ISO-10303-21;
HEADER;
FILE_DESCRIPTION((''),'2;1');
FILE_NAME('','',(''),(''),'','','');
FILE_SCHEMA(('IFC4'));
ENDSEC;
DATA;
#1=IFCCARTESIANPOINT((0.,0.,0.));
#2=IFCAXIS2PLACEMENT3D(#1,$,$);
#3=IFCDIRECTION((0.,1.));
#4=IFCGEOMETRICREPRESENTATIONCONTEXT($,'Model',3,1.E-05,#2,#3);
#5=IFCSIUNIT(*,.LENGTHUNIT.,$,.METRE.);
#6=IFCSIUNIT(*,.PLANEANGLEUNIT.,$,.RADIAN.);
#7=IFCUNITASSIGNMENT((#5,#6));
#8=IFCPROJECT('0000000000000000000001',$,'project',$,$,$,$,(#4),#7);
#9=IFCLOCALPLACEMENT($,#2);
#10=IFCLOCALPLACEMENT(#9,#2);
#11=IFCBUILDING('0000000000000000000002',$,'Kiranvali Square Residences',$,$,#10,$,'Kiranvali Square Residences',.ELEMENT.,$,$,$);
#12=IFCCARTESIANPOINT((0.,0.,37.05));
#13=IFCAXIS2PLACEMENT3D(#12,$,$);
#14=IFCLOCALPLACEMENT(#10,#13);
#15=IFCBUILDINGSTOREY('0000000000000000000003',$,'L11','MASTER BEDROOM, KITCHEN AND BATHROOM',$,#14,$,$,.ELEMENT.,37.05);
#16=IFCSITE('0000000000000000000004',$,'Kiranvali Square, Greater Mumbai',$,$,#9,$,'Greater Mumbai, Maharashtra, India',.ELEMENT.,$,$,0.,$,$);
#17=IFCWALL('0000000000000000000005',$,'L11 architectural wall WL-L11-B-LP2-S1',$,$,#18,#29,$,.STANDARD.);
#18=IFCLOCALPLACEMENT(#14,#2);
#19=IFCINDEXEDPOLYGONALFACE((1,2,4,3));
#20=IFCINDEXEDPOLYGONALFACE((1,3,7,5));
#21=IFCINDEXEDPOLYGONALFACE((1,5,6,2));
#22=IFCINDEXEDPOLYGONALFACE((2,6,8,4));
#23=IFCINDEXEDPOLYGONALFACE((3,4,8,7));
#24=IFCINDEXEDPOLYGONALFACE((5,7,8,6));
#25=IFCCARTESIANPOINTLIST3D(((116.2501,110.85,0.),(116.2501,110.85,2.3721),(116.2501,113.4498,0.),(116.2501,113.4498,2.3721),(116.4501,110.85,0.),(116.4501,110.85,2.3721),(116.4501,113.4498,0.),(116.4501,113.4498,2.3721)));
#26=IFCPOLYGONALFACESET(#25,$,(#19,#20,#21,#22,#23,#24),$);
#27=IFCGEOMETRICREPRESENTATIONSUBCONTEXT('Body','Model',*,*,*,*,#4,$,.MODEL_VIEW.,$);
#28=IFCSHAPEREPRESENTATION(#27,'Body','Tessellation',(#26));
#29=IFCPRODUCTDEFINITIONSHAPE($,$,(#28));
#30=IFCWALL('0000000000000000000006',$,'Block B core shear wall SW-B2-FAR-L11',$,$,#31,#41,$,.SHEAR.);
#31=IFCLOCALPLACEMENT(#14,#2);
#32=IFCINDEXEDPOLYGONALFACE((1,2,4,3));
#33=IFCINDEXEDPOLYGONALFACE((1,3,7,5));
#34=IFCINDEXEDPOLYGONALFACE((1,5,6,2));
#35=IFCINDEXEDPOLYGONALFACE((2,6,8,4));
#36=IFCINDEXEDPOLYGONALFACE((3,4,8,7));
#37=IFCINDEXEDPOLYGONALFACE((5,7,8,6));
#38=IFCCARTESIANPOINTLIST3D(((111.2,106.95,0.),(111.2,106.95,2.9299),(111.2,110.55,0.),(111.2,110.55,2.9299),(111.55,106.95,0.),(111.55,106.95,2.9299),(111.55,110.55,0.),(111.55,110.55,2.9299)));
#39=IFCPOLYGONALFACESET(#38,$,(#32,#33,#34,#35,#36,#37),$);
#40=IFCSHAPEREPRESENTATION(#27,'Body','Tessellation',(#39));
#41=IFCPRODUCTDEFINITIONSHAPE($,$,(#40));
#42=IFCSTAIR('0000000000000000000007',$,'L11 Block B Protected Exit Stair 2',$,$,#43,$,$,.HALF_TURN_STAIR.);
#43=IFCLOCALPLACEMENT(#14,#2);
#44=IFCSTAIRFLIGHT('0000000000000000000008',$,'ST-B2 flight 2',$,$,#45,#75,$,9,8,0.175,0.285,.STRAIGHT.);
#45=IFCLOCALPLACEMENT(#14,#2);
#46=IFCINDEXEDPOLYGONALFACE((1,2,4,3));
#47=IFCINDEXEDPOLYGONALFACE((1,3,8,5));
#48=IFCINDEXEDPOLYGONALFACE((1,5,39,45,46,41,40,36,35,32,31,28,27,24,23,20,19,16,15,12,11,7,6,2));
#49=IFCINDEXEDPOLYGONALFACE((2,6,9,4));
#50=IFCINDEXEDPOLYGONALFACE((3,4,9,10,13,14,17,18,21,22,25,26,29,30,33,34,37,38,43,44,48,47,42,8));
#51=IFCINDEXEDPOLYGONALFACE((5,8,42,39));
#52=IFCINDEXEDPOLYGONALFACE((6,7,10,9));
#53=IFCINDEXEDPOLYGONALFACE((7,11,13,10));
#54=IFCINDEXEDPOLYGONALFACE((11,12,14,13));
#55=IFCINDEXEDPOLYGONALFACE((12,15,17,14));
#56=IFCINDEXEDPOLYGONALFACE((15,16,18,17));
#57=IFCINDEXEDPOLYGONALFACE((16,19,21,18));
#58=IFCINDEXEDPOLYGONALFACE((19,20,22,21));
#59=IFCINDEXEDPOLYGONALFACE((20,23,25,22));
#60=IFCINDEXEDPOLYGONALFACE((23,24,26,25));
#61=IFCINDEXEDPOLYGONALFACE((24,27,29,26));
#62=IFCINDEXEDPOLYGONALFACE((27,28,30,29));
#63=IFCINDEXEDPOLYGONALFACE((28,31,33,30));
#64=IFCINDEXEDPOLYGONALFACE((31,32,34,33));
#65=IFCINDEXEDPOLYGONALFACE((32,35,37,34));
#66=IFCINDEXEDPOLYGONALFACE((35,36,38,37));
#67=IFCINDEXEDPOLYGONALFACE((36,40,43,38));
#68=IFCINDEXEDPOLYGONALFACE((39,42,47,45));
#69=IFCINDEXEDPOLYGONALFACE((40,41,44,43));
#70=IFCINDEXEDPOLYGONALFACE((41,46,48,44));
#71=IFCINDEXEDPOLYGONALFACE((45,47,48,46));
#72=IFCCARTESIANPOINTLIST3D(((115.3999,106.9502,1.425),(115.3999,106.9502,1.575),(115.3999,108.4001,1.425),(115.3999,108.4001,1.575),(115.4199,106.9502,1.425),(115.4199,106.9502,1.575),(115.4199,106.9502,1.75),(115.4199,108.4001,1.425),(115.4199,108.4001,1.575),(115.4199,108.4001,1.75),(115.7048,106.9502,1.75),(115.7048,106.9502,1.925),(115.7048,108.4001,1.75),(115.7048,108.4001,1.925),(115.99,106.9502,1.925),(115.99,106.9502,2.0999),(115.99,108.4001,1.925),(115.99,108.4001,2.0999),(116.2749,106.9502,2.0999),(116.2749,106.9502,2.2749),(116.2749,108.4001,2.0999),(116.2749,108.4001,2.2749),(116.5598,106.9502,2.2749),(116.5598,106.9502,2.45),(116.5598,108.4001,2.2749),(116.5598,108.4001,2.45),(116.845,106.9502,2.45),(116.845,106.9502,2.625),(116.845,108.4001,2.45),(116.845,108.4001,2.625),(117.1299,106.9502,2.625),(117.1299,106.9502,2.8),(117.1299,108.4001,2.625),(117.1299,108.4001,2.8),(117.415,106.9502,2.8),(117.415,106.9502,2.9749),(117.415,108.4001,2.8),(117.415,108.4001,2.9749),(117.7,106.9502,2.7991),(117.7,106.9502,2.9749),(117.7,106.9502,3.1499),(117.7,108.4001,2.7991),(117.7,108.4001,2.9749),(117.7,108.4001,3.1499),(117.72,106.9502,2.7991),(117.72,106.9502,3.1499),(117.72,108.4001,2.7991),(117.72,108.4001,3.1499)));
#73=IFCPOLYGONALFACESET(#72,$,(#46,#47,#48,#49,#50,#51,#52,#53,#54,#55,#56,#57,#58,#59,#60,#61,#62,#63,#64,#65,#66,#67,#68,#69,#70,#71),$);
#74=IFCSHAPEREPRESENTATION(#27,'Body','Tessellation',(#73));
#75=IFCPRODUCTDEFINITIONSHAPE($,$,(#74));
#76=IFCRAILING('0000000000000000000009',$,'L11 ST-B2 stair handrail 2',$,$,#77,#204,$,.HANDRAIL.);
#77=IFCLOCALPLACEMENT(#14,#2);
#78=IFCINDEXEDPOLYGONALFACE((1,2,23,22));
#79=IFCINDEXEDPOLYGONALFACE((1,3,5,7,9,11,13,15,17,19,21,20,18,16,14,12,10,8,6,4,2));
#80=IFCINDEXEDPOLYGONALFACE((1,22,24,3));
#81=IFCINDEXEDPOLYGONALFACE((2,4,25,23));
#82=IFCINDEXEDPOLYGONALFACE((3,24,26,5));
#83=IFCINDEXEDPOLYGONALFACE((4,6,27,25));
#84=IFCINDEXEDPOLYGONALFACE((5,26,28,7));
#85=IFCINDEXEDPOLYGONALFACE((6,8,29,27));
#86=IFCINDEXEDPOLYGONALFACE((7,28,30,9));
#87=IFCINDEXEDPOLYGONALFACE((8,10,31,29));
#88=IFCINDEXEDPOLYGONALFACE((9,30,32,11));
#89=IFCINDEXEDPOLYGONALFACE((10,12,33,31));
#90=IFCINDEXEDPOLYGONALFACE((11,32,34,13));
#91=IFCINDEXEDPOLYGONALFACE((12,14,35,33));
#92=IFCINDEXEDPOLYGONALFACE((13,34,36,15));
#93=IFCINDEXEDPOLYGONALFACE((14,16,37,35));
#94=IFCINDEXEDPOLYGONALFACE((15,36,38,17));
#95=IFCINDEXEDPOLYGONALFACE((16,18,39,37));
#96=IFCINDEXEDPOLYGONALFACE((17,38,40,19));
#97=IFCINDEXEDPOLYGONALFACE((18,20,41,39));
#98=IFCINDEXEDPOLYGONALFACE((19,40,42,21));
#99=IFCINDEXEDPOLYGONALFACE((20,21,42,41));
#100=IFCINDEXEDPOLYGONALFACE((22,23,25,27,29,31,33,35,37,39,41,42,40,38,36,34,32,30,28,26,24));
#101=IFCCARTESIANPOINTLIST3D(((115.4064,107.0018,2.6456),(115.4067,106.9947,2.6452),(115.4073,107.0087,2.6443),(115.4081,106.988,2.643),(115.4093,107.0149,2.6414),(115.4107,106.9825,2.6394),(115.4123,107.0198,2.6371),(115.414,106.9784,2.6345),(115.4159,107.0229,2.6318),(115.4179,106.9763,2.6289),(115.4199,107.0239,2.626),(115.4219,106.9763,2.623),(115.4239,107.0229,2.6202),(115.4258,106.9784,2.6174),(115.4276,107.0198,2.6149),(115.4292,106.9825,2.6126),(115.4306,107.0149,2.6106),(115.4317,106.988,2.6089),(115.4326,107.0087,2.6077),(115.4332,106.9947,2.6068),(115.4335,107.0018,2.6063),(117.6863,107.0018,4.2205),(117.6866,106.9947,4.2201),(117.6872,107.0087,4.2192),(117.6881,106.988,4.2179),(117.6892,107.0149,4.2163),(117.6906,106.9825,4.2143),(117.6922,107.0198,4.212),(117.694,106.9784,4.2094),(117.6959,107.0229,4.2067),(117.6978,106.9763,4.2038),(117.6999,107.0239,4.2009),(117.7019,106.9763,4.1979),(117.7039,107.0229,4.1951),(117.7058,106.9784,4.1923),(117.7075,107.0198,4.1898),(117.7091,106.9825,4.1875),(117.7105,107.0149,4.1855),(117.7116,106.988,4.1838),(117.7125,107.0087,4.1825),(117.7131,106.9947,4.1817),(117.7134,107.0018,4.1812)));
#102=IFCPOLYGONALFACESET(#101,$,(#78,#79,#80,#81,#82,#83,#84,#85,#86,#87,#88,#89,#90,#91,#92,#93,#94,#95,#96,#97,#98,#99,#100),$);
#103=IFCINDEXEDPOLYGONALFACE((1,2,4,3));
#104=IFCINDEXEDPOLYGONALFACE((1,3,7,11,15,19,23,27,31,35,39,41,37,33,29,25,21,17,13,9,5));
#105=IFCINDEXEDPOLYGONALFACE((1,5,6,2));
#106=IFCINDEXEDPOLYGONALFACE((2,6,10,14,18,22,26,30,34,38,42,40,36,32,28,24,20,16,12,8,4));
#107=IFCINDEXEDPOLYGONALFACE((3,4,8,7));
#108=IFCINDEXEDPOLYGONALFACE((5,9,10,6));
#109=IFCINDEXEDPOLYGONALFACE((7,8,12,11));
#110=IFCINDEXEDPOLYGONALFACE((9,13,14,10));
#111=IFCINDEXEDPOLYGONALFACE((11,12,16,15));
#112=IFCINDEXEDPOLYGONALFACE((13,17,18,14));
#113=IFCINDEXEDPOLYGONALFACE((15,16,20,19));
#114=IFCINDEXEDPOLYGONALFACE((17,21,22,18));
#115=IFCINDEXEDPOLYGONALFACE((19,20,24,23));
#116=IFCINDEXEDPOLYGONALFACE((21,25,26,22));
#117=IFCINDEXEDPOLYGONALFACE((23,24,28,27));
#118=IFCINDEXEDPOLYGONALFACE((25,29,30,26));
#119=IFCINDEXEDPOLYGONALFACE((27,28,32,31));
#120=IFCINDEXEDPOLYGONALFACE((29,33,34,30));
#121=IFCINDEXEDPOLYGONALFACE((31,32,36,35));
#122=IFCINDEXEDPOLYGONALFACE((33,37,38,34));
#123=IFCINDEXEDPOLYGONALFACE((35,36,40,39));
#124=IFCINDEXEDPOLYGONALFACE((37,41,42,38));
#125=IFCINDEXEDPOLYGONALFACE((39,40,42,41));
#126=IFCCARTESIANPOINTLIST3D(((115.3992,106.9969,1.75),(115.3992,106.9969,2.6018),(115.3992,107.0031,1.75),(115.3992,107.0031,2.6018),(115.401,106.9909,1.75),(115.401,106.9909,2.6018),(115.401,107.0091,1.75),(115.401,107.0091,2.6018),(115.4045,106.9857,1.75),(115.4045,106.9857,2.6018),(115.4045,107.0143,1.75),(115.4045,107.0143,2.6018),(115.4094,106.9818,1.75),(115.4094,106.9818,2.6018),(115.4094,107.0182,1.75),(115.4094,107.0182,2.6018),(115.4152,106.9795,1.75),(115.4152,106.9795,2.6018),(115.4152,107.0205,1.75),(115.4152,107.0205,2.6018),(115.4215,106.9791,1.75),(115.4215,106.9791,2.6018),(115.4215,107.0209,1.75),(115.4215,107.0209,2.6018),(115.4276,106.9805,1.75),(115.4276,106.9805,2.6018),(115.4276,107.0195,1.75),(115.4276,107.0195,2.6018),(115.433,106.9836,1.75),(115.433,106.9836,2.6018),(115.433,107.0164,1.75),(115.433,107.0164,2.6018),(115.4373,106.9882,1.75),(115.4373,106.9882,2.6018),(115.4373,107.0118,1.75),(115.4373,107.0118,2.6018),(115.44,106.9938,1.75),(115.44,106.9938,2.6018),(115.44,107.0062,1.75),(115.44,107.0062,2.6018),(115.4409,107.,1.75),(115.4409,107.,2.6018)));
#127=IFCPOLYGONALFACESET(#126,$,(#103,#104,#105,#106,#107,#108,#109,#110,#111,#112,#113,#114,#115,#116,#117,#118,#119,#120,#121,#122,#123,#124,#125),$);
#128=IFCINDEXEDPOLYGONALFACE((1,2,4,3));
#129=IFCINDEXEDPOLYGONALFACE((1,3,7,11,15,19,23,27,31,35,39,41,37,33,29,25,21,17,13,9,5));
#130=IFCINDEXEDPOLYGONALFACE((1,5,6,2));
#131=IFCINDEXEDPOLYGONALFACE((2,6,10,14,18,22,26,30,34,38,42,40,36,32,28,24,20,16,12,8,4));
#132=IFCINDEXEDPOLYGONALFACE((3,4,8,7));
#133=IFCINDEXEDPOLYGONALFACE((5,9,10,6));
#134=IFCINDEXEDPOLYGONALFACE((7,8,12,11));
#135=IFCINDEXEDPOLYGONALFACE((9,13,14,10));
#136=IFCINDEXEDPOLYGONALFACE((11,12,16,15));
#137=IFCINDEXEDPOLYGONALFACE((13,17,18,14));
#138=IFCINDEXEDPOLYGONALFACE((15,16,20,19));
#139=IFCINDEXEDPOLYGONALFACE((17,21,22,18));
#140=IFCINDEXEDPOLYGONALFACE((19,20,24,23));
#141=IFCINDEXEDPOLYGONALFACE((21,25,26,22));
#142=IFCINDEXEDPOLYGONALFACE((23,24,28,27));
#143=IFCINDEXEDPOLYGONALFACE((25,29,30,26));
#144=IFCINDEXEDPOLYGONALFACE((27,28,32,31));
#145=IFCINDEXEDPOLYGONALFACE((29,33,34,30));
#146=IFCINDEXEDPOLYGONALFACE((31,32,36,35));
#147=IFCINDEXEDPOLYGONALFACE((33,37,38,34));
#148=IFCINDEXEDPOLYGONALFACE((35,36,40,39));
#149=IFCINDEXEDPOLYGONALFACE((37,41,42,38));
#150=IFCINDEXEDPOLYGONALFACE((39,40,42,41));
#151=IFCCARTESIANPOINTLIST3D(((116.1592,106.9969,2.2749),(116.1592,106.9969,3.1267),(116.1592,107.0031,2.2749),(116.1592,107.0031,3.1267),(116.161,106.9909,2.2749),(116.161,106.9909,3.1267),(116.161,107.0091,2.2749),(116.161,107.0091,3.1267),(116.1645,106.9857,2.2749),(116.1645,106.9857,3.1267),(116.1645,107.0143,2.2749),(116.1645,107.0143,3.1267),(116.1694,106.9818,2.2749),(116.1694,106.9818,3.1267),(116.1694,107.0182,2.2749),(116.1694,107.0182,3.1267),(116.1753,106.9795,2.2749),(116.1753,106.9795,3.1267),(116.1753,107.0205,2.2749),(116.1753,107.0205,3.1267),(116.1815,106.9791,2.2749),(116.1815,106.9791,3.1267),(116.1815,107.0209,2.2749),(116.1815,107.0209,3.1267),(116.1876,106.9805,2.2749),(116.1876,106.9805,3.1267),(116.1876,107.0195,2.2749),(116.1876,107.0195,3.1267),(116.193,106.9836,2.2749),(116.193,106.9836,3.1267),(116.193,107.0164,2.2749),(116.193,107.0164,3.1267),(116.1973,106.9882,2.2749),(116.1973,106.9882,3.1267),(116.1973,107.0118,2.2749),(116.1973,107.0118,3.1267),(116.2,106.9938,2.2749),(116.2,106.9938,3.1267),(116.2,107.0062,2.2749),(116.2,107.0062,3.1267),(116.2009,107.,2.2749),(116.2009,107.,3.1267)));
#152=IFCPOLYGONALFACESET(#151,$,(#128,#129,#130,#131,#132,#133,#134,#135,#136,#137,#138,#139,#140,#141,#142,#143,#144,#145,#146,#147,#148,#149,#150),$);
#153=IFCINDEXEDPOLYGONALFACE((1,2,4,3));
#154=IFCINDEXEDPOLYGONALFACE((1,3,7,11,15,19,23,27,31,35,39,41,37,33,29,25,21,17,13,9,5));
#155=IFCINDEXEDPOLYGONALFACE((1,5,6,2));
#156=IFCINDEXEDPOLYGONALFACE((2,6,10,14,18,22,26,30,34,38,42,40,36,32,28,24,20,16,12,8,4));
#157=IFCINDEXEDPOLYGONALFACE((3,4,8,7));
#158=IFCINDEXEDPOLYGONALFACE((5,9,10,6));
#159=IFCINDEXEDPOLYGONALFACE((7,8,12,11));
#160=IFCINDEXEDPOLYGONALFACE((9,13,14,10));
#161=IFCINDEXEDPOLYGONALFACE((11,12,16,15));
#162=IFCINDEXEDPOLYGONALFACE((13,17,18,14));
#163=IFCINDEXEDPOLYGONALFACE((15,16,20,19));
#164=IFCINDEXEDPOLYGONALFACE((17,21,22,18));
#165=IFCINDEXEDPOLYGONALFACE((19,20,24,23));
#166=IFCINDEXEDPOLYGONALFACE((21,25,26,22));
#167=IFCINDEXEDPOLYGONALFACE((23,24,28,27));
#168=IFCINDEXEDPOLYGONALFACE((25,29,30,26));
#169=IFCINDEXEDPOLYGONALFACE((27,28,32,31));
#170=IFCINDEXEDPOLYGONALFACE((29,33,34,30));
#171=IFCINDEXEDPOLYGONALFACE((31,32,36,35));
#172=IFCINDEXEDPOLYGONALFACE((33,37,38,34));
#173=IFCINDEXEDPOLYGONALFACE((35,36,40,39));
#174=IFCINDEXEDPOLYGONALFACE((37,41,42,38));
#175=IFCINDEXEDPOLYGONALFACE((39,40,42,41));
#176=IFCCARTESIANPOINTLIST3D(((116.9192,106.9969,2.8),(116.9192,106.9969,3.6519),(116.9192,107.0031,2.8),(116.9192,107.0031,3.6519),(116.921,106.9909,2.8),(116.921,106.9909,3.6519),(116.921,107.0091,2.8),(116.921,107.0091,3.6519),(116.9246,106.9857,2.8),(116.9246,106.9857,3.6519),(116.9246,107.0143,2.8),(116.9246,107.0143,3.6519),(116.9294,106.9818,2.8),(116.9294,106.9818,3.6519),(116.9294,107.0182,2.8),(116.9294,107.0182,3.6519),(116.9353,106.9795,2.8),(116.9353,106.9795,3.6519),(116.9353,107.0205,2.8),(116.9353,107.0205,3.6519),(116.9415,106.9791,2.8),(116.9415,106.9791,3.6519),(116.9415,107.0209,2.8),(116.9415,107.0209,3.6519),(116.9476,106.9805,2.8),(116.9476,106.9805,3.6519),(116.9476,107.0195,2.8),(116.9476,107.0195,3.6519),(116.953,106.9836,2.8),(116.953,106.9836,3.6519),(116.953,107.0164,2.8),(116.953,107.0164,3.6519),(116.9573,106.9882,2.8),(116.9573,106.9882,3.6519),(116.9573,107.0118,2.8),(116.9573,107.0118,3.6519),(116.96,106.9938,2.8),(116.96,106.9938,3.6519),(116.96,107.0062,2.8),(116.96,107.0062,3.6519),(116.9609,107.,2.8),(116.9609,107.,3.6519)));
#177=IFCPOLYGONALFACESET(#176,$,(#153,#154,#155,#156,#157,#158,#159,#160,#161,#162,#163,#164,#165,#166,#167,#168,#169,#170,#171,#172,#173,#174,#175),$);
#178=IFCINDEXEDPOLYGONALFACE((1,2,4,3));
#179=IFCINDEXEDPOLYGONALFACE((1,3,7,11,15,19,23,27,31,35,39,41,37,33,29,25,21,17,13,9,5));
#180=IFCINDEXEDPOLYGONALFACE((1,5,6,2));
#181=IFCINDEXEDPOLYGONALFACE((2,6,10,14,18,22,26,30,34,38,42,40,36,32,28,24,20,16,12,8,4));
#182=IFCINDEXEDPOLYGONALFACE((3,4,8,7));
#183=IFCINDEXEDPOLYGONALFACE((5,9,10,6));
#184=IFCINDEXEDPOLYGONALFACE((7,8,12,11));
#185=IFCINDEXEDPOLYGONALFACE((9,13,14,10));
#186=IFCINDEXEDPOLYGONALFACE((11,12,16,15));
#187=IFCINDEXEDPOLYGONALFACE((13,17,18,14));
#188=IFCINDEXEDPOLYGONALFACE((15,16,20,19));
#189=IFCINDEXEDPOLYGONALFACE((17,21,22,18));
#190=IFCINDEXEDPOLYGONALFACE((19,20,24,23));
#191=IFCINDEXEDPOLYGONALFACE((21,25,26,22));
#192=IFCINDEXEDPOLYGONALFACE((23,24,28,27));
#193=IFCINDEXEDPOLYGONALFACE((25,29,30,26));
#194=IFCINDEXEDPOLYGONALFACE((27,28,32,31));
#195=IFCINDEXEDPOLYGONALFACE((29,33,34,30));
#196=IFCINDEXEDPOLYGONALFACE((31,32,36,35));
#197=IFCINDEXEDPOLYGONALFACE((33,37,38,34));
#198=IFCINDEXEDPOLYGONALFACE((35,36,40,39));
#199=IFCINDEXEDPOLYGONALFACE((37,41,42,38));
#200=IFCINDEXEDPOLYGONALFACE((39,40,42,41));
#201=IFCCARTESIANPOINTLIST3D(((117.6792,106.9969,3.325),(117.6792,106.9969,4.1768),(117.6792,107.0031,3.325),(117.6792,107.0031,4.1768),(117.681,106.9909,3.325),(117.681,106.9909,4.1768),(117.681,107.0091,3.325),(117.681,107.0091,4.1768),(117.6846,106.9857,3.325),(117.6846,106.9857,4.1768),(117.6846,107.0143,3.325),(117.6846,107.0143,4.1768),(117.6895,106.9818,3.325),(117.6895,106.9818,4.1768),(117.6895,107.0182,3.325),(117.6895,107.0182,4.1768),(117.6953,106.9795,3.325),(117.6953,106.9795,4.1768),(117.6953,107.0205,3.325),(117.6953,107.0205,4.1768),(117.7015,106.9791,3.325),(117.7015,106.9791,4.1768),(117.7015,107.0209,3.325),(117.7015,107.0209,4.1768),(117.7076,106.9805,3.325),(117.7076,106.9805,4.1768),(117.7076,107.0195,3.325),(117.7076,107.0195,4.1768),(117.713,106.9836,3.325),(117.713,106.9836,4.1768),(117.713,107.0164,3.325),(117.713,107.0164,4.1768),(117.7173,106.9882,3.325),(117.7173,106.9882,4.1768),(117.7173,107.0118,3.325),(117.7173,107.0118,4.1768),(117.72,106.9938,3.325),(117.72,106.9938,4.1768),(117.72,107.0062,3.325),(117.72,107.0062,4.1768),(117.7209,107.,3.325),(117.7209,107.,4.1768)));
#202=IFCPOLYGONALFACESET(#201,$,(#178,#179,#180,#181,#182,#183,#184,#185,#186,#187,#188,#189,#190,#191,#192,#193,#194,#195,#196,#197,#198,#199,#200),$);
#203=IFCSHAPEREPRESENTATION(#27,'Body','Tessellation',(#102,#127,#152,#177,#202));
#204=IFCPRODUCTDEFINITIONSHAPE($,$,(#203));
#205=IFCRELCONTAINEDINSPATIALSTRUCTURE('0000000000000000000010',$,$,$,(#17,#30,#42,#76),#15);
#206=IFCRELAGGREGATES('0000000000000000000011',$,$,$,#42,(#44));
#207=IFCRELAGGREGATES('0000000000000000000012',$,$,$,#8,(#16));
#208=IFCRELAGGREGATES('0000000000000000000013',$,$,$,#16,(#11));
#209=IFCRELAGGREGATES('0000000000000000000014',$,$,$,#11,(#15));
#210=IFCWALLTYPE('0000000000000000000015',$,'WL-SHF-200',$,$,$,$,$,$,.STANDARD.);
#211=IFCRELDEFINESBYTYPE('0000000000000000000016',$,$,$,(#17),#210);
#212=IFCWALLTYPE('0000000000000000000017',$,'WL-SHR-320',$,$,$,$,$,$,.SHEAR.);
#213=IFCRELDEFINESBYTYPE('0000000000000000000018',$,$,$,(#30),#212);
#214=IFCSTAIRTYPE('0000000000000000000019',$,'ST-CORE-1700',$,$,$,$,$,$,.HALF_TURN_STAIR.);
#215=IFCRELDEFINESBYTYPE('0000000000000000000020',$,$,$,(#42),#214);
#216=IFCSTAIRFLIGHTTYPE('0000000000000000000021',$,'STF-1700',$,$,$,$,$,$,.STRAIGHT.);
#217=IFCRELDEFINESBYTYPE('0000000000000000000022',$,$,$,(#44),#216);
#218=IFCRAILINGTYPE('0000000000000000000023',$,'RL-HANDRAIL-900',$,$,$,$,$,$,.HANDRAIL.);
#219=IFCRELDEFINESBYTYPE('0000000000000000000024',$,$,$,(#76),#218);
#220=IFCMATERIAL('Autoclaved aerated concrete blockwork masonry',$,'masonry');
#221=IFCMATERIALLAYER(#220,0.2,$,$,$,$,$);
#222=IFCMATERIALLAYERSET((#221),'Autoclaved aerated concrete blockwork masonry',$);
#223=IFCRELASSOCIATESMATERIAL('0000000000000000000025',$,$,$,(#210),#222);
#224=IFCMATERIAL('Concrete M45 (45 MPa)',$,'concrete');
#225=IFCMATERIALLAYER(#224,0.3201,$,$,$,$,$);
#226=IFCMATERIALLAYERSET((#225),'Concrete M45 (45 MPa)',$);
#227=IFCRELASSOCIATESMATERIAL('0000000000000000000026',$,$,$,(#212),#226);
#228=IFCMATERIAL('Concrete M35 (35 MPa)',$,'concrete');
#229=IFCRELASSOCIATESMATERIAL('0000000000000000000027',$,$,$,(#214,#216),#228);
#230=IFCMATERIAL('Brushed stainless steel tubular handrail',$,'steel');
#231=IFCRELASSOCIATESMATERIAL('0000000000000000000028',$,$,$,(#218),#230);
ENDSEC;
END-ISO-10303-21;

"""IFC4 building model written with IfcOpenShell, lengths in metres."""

from ifc_helpers import new_model, si_unit, direction, frame, frame_2d, origin, origin_2d, place, context, subcontext, project, spatial, polyline, rectangle, circle, outline, extrude, material, layer, layer_set, type_object, element, aggregate, save


model = new_model("IFC4")

# Units and contexts
model_context = context("Model", 3, precision=1e-05, world=origin(), true_north=direction((0.0, 1.0)))
body_context = subcontext(model_context, "Body", "Model", "MODEL_VIEW")
ifc_project = project(units=[si_unit("LENGTHUNIT", "METRE"), si_unit("PLANEANGLEUNIT", "RADIAN")], contexts=[model_context])

# Site, building, storey
site_placement = place(None, origin())
site = spatial("IfcSite", under=ifc_project, at=site_placement, Name="Kiranvali Square, Greater Mumbai", LongName="Greater Mumbai, Maharashtra, India", CompositionType="ELEMENT", RefElevation=0.0)
building_placement = place(site_placement, origin())
building = spatial("IfcBuilding", under=site, at=building_placement, Name="Kiranvali Square Residences", LongName="Kiranvali Square Residences", CompositionType="ELEMENT")
storey_placement = place(building_placement, frame((0.0, 0.0, 37.05)))
storey = spatial("IfcBuildingStorey", under=building, at=storey_placement, Name="L11", Description="MASTER BEDROOM, KITCHEN AND BATHROOM", CompositionType="ELEMENT", Elevation=37.05)

# Shared definitions
ifc_material_1 = material(Name="Concrete M45 (45 MPa)", Category="concrete")

# Shared definitions
ifc_material_2 = material(Name="Autoclaved aerated concrete blockwork masonry", Category="masonry")

# Shared definitions
ifc_layer_1 = layer(ifc_material_2, 0.2)
ifc_layer_set_1 = layer_set([ifc_layer_1], Name="Autoclaved aerated concrete blockwork masonry")
wall_type_1 = type_object("IfcWallType", Name="WL-SHF-200", PredefinedType="STANDARD", material=ifc_layer_set_1)

# Wall
wall_1_placement = place(storey_placement, frame((116.3501, 110.8501, 0.0), z_axis=(0.0, 0.0, 1.0), x_axis=(0.0, 1.0, 0.0)))
element("IfcWall", 1, at=wall_1_placement, inside=storey, type_object=wall_type_1, Name="L11 architectural wall WL-L11-B-LP2-S1", PredefinedType="STANDARD", context=body_context, shape_type="SweptSolid", body=[
    extrude(rectangle(XDim=2.5999, YDim=0.2, at=frame_2d((1.2998, 0.0))), origin(), (0.0, 0.0, 1.0), 2.3721),
])

# Wall
ifc_layer_2 = layer(ifc_material_1, 0.3201)
ifc_layer_set_2 = layer_set([ifc_layer_2], Name="Concrete M45 (45 MPa)")
wall_type_2 = type_object("IfcWallType", Name="WL-SHR-320", PredefinedType="SHEAR", material=ifc_layer_set_2)
wall_2_placement = place(storey_placement, frame((111.375, 106.95, 0.0), z_axis=(0.0, 0.0, 1.0), x_axis=(0.0, 1.0, 0.0)))
element("IfcWall", 2, at=wall_2_placement, inside=storey, type_object=wall_type_2, Name="Block B core shear wall SW-B2-FAR-L11", PredefinedType="SHEAR", context=body_context, shape_type="SweptSolid", body=[
    extrude(rectangle(XDim=3.6001, YDim=0.3501, at=frame_2d((1.8, 0.0))), origin(), (0.0, 0.0, 1.0), 2.9299),
])

# Stair, stair flight
ifc_material_3 = material(Name="Concrete M35 (35 MPa)", Category="concrete")
stair_type = type_object("IfcStairType", Name="ST-CORE-1700", PredefinedType="HALF_TURN_STAIR", material=ifc_material_3)
stair_placement = place(storey_placement, origin())
stair = element("IfcStair", 3, at=stair_placement, inside=storey, type_object=stair_type, Name="L11 Block B Protected Exit Stair 2", PredefinedType="HALF_TURN_STAIR")
stair_flight_type = type_object("IfcStairFlightType", Name="STF-1700", PredefinedType="STRAIGHT", material=ifc_material_3)
stair_flight_placement = place(storey_placement, frame((115.4199, 107.675, 1.575), z_axis=(0.0, 0.0, 1.0), x_axis=(1.0, 0.0, 0.0)))
stair_flight = element("IfcStairFlight", 4, at=stair_flight_placement, type_object=stair_flight_type, Name="ST-B2 flight 2", NumberOfRisers=9, NumberOfTreads=8, PredefinedType="STRAIGHT", RiserHeight=0.175, TreadLength=0.285, context=body_context, shape_type="SweptSolid", body=[
    extrude(outline(polyline([(-0.02, -0.1499), (-0.02, 0.0), (0.0, 0.0), (0.0, 0.175), (0.2849, 0.175), (0.2849, 0.3501), (0.5701, 0.3501), (0.5701, 0.5249), (0.855, 0.5249), (0.855, 0.7), (1.1399, 0.7), (1.1399, 0.875), (1.425, 0.875), (1.425, 1.05), (1.71, 1.05), (1.71, 1.2251), (1.9951, 1.2251), (1.9951, 1.3999), (2.28, 1.3999), (2.28, 1.575), (2.3, 1.575), (2.3, 1.2241), (2.28, 1.2241), (0.0, -0.1499), (-0.02, -0.1499)])), frame((0.0, 0.7251, 0.0), z_axis=(0.0, -1.0, 0.0), x_axis=(1.0, 0.0, 0.0)), (0.0, 0.0, 1.0), 1.45),
])
aggregate(stair, [stair_flight])

# Railing
ifc_material_4 = material(Name="Brushed stainless steel tubular handrail", Category="steel")
railing_type_1 = type_object("IfcRailingType", Name="RL-HANDRAIL-900", PredefinedType="HANDRAIL", material=ifc_material_4)
railing_1_placement = place(storey_placement, frame((115.4199, 107.0, 1.75)))
element("IfcRailing", 5, at=railing_1_placement, inside=storey, type_object=railing_type_1, Name="L11 ST-B2 stair handrail 2", PredefinedType="HANDRAIL", context=body_context, shape_type="SweptSolid", body=[
    extrude(circle(Radius=0.0239, at=origin_2d()), frame((0.0, 0.0, 0.876), z_axis=(0.822788, 0.0, 0.568348), x_axis=(0.0, 1.0, 0.0)), (0.0, 0.0, 1.0), 2.771),
    extrude(circle(Radius=0.021, at=origin_2d()), origin(), (0.0, 0.0, 1.0), 0.8518),
    extrude(circle(Radius=0.021, at=origin_2d()), frame((0.76, 0.0, 0.5249)), (0.0, 0.0, 1.0), 0.8518),
    extrude(circle(Radius=0.021, at=origin_2d()), frame((1.52, 0.0, 1.05)), (0.0, 0.0, 1.0), 0.8518),
    extrude(circle(Radius=0.021, at=origin_2d()), frame((2.28, 0.0, 1.575)), (0.0, 0.0, 1.0), 0.8518),
])

save(model, "model.ifc")
